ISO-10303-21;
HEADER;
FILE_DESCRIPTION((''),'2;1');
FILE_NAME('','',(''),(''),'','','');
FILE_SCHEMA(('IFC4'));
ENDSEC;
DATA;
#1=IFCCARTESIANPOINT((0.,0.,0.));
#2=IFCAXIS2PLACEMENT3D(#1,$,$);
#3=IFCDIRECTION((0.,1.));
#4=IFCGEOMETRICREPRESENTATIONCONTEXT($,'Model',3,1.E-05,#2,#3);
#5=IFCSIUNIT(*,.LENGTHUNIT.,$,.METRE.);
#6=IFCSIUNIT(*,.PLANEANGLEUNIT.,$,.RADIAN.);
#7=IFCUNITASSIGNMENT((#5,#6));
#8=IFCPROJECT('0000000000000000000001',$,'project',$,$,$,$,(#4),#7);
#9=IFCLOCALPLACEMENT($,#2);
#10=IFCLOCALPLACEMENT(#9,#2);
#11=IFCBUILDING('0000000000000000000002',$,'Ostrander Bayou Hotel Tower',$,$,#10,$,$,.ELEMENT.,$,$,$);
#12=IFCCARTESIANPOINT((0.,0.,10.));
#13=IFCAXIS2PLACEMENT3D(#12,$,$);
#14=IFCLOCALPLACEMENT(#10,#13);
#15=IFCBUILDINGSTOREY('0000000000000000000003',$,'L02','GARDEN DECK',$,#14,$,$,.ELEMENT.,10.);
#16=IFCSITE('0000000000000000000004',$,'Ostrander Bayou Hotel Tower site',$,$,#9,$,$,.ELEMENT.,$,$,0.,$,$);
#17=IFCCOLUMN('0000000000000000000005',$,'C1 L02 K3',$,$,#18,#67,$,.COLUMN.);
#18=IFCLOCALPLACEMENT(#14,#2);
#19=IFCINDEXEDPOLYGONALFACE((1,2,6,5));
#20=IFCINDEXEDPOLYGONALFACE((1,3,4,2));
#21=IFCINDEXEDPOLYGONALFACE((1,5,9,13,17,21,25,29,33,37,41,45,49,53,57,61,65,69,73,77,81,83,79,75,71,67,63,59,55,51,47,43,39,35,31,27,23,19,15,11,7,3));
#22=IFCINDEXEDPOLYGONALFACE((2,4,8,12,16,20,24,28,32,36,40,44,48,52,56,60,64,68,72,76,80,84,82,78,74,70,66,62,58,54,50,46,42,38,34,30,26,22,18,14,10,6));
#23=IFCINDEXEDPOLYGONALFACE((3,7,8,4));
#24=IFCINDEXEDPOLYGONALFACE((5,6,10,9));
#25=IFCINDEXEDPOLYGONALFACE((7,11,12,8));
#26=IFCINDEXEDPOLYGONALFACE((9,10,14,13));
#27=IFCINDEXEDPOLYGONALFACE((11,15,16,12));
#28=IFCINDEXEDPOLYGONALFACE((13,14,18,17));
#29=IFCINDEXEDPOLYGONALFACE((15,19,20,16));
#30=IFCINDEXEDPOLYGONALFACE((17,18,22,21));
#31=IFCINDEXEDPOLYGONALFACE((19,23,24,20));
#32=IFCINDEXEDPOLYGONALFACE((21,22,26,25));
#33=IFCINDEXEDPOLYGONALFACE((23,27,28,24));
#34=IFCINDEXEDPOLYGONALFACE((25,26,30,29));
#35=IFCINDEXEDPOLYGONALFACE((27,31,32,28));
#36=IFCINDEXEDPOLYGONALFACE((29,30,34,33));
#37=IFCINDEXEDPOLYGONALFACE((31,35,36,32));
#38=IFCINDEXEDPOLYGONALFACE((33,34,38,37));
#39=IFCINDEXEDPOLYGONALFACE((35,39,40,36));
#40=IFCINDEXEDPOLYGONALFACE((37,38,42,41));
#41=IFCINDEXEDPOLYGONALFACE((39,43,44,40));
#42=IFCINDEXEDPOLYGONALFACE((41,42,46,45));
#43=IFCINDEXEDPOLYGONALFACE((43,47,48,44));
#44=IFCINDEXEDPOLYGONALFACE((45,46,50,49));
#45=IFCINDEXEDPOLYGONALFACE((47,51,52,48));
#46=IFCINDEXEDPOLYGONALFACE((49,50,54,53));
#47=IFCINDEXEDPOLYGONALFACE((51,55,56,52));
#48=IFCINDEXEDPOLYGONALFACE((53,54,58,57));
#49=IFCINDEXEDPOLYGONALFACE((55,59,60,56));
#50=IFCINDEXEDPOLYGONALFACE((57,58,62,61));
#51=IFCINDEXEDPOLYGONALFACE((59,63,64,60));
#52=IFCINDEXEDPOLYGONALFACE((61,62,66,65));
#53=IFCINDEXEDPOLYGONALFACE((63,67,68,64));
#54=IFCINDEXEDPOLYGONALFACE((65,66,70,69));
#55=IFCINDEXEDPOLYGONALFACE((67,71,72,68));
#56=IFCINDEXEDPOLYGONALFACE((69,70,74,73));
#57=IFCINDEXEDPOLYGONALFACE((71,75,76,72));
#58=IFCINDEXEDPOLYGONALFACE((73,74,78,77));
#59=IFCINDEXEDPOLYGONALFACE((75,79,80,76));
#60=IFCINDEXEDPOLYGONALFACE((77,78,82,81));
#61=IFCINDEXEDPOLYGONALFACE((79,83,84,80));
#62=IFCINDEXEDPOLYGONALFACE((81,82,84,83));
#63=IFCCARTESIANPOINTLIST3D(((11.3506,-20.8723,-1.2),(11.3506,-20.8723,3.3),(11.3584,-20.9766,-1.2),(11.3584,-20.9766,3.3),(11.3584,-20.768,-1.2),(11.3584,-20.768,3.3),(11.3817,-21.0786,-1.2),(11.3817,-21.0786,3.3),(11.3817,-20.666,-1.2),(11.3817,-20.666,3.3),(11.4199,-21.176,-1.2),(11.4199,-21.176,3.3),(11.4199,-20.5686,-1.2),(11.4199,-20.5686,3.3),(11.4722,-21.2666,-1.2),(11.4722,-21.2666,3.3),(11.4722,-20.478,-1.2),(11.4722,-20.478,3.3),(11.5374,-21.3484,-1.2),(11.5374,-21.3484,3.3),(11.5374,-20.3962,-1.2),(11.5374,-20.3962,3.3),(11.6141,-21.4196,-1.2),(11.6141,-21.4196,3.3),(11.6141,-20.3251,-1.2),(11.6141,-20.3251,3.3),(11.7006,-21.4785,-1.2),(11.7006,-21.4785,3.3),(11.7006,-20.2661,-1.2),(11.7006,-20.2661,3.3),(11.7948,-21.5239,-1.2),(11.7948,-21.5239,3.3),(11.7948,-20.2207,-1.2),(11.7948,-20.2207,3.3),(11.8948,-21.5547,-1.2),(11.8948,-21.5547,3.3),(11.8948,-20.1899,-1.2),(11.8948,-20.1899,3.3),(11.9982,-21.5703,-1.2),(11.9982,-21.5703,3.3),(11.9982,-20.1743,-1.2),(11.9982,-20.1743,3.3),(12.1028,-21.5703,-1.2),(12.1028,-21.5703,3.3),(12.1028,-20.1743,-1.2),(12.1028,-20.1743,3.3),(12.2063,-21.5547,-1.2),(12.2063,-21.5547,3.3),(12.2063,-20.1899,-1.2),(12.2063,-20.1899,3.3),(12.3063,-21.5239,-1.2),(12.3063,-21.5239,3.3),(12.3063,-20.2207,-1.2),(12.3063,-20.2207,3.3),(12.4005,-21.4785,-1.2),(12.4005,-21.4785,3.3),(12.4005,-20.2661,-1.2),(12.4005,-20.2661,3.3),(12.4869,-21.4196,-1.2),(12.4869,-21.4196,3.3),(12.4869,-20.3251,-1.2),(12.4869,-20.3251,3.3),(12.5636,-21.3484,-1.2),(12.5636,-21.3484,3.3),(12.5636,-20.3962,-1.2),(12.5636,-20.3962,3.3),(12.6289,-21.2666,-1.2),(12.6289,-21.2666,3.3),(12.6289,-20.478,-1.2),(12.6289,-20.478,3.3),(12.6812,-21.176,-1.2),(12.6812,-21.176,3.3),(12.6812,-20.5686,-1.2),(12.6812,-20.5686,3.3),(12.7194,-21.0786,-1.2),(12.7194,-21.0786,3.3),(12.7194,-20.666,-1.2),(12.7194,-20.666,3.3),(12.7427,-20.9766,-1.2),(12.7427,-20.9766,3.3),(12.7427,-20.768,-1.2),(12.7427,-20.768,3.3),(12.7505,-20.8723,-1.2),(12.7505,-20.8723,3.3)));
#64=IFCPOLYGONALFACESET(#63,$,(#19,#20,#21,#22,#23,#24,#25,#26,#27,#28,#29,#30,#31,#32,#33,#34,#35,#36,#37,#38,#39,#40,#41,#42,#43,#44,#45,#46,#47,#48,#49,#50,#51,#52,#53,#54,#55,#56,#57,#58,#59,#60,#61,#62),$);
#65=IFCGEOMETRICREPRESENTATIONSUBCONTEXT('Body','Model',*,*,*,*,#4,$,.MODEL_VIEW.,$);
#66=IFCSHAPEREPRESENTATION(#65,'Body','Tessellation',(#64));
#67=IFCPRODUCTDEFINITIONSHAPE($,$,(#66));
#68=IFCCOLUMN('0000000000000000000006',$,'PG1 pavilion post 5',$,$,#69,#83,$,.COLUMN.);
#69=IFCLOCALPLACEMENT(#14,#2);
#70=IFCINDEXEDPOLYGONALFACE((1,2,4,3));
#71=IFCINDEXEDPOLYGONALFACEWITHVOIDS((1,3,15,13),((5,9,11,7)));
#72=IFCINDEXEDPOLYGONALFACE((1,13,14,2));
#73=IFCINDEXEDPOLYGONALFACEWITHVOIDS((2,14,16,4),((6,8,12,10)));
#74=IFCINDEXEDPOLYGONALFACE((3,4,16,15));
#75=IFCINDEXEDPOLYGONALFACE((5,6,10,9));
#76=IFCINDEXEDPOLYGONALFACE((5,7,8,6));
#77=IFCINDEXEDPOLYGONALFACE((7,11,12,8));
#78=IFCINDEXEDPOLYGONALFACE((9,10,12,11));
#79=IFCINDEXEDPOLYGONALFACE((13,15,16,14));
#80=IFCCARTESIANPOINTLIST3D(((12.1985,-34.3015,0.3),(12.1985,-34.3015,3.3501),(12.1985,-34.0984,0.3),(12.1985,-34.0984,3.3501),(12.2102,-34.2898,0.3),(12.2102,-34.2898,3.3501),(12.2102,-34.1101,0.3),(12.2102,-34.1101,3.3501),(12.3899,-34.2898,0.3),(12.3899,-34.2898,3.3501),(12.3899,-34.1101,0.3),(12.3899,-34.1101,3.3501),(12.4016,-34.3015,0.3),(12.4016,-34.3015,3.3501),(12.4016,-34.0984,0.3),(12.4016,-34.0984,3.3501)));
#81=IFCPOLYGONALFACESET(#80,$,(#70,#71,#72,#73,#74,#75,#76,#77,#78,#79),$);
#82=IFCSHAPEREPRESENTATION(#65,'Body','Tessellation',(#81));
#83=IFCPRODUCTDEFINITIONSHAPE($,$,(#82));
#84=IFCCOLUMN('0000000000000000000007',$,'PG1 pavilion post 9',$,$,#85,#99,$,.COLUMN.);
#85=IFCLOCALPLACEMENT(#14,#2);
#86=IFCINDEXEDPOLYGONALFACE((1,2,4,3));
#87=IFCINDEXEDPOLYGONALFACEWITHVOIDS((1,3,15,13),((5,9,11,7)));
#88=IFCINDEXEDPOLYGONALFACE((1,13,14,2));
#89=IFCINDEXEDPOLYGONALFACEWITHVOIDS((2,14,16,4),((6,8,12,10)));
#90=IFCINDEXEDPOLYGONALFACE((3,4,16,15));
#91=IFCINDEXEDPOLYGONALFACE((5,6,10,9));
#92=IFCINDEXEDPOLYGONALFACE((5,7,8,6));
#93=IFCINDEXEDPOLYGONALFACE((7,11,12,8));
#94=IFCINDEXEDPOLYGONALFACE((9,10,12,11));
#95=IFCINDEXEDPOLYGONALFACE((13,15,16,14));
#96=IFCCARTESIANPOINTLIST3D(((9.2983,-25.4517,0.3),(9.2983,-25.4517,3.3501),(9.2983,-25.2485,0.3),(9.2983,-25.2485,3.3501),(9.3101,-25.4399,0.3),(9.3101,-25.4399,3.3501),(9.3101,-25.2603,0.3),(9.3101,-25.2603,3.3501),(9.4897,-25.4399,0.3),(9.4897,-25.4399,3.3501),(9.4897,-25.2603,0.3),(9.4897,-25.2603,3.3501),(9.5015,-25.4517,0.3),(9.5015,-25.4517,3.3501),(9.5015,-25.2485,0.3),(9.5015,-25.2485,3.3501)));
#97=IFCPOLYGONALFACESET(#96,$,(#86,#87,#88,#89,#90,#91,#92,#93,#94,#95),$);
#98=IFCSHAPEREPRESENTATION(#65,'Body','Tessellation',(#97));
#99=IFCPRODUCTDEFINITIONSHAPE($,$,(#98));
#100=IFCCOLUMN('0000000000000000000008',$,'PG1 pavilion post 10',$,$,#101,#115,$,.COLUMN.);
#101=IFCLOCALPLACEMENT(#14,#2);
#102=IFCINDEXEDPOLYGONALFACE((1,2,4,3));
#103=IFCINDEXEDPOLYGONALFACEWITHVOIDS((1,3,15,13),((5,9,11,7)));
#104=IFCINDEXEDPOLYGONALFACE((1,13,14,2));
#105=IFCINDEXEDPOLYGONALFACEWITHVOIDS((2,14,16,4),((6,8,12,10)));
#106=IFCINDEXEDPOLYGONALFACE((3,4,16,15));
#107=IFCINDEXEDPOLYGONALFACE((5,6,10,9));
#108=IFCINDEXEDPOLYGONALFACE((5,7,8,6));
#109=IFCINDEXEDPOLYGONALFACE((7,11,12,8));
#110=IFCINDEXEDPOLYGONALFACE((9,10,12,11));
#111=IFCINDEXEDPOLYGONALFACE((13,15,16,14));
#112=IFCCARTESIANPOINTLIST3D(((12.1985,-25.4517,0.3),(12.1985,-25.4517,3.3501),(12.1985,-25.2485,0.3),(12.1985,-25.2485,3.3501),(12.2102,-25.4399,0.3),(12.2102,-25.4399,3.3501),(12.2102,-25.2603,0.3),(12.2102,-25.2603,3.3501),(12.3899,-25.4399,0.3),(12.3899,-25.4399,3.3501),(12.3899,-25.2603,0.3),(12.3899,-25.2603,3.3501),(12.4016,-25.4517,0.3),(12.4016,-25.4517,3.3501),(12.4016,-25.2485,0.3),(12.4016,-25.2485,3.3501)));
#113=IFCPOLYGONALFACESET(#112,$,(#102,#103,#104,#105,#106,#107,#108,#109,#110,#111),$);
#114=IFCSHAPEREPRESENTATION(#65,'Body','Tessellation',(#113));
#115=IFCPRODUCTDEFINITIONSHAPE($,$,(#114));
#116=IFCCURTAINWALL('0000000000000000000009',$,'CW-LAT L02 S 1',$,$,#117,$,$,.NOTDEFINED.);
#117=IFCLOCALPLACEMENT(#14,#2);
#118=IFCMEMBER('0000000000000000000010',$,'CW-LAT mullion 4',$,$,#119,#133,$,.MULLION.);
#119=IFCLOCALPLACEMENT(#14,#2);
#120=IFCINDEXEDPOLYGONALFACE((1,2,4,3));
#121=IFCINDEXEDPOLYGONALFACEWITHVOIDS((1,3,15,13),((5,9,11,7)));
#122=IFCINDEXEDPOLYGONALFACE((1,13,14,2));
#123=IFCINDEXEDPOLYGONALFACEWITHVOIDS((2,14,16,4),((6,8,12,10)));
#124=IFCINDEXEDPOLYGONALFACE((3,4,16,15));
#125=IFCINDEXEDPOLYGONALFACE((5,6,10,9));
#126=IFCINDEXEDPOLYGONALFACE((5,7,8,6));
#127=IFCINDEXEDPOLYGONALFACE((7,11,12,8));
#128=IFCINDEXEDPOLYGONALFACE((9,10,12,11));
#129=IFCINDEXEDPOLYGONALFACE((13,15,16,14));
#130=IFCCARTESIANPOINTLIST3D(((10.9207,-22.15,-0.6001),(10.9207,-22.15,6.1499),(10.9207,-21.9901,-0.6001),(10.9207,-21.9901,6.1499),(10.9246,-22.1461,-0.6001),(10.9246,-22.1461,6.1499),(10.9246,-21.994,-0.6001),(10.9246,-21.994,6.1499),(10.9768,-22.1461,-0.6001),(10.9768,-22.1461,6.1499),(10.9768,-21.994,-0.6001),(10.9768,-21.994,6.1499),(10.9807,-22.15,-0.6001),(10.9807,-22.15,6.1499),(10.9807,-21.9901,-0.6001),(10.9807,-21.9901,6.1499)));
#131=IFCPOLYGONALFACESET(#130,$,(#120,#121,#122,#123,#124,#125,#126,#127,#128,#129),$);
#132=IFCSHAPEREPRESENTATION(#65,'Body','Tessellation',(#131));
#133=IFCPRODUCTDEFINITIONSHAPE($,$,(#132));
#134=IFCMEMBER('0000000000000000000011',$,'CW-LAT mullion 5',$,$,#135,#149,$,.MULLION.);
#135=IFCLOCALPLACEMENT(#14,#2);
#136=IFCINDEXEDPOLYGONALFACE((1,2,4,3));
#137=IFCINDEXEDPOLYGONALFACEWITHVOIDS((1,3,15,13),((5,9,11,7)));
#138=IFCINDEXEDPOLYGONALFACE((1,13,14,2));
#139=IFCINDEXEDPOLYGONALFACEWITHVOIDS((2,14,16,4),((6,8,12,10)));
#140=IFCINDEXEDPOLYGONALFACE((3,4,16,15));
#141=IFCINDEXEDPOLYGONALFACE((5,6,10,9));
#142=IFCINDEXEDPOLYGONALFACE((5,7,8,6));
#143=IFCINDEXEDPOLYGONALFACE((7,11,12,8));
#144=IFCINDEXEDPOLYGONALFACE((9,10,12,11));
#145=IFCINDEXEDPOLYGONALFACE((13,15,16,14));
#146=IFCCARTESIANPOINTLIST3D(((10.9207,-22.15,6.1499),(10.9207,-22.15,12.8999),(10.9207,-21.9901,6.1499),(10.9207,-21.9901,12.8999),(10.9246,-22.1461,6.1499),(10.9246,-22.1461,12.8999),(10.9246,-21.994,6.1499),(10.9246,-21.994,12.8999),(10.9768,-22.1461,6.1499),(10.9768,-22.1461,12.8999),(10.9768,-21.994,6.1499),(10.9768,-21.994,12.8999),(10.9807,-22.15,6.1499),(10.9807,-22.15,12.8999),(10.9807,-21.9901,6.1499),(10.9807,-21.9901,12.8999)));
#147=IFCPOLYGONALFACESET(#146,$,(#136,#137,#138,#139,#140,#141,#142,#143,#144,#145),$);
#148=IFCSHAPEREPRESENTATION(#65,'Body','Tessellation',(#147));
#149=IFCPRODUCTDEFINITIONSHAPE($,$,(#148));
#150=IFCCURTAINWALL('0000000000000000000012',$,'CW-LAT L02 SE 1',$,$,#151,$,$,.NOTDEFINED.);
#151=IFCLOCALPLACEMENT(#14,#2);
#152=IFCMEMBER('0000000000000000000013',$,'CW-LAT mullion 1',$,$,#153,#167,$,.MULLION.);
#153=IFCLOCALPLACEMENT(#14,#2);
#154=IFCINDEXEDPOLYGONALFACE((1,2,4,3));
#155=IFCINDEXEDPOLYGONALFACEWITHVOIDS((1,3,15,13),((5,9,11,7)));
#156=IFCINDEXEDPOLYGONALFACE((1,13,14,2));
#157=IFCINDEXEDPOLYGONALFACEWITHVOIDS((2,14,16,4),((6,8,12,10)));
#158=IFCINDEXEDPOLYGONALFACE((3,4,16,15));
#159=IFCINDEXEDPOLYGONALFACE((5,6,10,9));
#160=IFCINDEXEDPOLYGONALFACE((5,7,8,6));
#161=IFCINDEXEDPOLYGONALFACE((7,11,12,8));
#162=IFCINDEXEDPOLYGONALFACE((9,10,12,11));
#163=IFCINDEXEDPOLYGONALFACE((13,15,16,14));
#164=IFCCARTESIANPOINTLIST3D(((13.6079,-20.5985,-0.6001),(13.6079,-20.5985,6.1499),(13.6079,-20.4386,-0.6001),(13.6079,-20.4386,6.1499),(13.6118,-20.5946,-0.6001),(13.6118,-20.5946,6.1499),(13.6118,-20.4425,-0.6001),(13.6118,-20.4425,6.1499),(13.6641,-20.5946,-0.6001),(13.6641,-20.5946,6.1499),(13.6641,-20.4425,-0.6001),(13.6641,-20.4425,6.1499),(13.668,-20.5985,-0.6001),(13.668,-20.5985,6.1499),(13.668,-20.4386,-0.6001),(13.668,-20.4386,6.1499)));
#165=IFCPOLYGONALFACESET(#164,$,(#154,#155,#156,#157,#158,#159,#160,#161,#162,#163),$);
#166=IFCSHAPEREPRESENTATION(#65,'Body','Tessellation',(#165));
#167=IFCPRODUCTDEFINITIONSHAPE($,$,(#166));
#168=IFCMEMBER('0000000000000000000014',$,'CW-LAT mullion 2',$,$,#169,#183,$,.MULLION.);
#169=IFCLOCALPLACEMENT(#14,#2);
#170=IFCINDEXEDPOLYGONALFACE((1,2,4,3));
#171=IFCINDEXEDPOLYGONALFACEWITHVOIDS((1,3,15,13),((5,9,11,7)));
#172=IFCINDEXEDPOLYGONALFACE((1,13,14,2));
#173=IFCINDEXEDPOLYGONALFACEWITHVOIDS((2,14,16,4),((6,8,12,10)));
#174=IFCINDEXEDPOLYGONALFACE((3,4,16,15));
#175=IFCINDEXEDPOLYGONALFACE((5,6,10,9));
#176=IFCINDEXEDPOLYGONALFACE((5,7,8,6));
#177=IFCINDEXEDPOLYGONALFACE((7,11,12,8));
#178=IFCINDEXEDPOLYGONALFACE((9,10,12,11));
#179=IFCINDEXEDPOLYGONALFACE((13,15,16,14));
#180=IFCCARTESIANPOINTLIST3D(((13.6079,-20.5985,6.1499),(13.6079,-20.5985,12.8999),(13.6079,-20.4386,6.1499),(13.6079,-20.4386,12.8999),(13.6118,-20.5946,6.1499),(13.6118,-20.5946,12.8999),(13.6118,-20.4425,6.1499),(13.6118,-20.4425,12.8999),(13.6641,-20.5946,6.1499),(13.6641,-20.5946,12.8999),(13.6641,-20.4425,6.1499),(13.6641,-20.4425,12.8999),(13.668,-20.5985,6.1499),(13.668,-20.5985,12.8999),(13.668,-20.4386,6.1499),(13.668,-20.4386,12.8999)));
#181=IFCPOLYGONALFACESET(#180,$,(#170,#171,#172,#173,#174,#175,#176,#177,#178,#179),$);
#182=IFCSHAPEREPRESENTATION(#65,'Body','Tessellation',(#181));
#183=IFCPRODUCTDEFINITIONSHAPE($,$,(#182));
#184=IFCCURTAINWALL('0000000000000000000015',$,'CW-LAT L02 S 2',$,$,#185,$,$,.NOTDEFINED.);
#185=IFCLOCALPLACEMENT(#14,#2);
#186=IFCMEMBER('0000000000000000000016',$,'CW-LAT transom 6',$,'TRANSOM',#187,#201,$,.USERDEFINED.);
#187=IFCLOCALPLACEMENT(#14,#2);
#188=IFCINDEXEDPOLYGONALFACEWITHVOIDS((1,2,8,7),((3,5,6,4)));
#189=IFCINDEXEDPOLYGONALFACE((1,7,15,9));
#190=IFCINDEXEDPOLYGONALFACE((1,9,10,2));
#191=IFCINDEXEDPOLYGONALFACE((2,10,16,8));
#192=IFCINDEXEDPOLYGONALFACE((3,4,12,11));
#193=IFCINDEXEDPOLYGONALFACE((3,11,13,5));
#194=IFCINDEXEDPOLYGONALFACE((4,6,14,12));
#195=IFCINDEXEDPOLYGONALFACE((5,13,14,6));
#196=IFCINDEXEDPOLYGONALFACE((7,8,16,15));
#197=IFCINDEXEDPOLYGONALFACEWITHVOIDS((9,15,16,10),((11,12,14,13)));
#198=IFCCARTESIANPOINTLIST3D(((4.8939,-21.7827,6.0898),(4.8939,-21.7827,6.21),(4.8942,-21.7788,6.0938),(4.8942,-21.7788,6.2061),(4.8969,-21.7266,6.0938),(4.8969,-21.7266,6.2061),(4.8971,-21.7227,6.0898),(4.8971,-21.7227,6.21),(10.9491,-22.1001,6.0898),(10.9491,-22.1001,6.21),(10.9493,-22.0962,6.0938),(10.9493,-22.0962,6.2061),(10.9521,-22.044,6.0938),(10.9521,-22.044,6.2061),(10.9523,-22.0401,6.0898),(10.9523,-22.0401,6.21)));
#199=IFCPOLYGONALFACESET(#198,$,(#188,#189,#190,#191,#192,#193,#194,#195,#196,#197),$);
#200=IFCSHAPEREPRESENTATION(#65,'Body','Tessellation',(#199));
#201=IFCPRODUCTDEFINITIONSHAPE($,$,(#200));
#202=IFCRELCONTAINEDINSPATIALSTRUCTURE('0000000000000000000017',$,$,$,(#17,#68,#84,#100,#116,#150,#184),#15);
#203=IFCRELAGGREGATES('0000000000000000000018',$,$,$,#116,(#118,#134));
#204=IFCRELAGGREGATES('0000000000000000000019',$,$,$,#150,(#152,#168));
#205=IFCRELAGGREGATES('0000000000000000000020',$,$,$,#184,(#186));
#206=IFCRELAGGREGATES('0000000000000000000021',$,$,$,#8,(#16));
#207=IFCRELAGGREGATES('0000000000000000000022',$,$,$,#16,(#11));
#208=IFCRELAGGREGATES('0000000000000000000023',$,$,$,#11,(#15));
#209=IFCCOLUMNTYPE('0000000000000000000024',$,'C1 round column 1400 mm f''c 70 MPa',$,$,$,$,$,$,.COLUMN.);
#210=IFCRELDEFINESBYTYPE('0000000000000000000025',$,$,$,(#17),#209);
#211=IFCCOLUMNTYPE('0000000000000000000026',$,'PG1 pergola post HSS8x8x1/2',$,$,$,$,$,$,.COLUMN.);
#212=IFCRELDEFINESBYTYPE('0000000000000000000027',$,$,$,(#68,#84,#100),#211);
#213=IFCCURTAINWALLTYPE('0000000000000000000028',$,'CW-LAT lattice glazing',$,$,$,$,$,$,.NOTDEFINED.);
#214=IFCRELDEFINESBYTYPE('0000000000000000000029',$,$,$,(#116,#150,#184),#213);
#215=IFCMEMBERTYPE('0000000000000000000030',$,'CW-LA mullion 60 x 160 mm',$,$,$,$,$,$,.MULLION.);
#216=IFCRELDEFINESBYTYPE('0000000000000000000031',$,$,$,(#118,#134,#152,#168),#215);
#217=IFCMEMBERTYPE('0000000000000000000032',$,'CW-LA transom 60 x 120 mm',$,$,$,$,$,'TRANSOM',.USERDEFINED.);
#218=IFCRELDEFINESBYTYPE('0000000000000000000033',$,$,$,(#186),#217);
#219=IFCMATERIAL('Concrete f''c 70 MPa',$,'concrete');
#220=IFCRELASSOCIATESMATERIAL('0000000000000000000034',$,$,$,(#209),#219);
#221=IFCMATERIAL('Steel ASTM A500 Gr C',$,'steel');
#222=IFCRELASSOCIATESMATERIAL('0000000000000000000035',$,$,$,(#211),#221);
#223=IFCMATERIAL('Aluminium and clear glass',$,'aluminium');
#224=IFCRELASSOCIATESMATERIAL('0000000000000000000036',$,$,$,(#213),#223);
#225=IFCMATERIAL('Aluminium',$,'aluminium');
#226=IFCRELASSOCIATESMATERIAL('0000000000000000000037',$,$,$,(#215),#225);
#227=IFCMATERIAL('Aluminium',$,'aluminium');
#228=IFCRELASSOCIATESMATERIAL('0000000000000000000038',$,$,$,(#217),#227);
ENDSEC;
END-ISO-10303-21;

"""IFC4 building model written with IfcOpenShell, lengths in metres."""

from ifc_helpers import new_model, si_unit, direction, frame, origin, origin_2d, place, context, subcontext, project, spatial, hollow_rectangle, circle, extrude, material, material_profile, profile_set, type_object, element, aggregate, save


model = new_model("IFC4")

# Units and contexts
model_context = context("Model", 3, precision=1e-05, world=origin(), true_north=direction((0.0, 1.0)))
body_context = subcontext(model_context, "Body", "Model", "MODEL_VIEW")
ifc_project = project(units=[si_unit("LENGTHUNIT", "METRE"), si_unit("PLANEANGLEUNIT", "RADIAN")], contexts=[model_context])

# Site, building, storey
site_placement = place(None, origin())
site = spatial("IfcSite", under=ifc_project, at=site_placement, Name="Ostrander Bayou Hotel Tower site", CompositionType="ELEMENT", RefElevation=0.0)
building_placement = place(site_placement, origin())
building = spatial("IfcBuilding", under=site, at=building_placement, Name="Ostrander Bayou Hotel Tower", CompositionType="ELEMENT")
storey_placement = place(building_placement, frame((0.0, 0.0, 10.0)))
storey = spatial("IfcBuildingStorey", under=building, at=storey_placement, Name="L02", Description="GARDEN DECK", CompositionType="ELEMENT", Elevation=10.0)

# Columns
ifc_material_1 = material(Name="Concrete f'c 70 MPa", Category="concrete")
ifc_material_profile_1 = material_profile(ifc_material_1, circle(Radius=0.7, at=origin_2d()))
ifc_profile_set_1 = profile_set([ifc_material_profile_1], Name="Concrete f'c 70 MPa")
column_type_1 = type_object("IfcColumnType", Name="C1 round column 1400 mm f'c 70 MPa", PredefinedType="COLUMN", material=ifc_profile_set_1)
column_placement = place(storey_placement, frame((12.0505, -20.8723, -1.2), z_axis=(0.0, 0.0, 1.0), x_axis=(1.0, 0.0, 0.0)))
element("IfcColumn", 1, at=column_placement, inside=storey, type_object=column_type_1, Name="C1 L02 K3", PredefinedType="COLUMN", context=body_context, shape_type="SweptSolid", body=[
    extrude(circle(Radius=0.7, at=origin_2d()), origin(), (0.0, 0.0, 1.0), 4.5),
])
ifc_material_2 = material(Name="Steel ASTM A500 Gr C", Category="steel")
ifc_material_profile_2 = material_profile(ifc_material_2, hollow_rectangle(XDim=0.2031, YDim=0.2031, WallThickness=0.0117, at=origin_2d()))
ifc_profile_set_2 = profile_set([ifc_material_profile_2], Name="Steel ASTM A500 Gr C")
column_type_2 = type_object("IfcColumnType", Name="PG1 pergola post HSS8x8x1/2", PredefinedType="COLUMN", material=ifc_profile_set_2)
for number, where, z_axis, x_axis, name in (
    (2, (12.3, -34.2, 0.3), (0.0, 0.0, 1.0), (1.0, 0.0, 0.0), "PG1 pavilion post 5"),
    (3, (9.3999, -25.3501, 0.3), (0.0, 0.0, 1.0), (1.0, 0.0, 0.0), "PG1 pavilion post 9"),
    (4, (12.3, -25.3501, 0.3), (0.0, 0.0, 1.0), (1.0, 0.0, 0.0), "PG1 pavilion post 10"),
):
    element("IfcColumn", number, at=place(storey_placement, frame(where, z_axis=z_axis, x_axis=x_axis)), inside=storey, type_object=column_type_2, Name=name, PredefinedType="COLUMN", context=body_context, shape_type="SweptSolid", body=[
        extrude(hollow_rectangle(XDim=0.2031, YDim=0.2031, WallThickness=0.0117, at=origin_2d()), origin(), (0.0, 0.0, 1.0), 3.05),
    ])

# Curtain walls, members
ifc_material_3 = material(Name="Aluminium and clear glass", Category="aluminium")
curtain_wall_type = type_object("IfcCurtainWallType", Name="CW-LAT lattice glazing", PredefinedType="NOTDEFINED", material=ifc_material_3)
curtain_wall_1_placement = place(storey_placement, origin())
curtain_wall_1 = element("IfcCurtainWall", 5, at=curtain_wall_1_placement, inside=storey, type_object=curtain_wall_type, Name="CW-LAT L02 S 1", PredefinedType="NOTDEFINED")
ifc_material_4 = material(Name="Aluminium", Category="aluminium")
ifc_material_profile_3 = material_profile(ifc_material_4, hollow_rectangle(XDim=0.0601, YDim=0.1599, WallThickness=0.0039, at=origin_2d()))
ifc_profile_set_3 = profile_set([ifc_material_profile_3], Name="Aluminium")
member_type_1 = type_object("IfcMemberType", Name="CW-LA mullion 60 x 160 mm", PredefinedType="MULLION", material=ifc_profile_set_3)
member_1_placement = place(storey_placement, frame((10.9507, -22.0701, -0.6001), z_axis=(0.0, 0.0, 1.0), x_axis=(1.0, 0.0, 0.0)))
member_1 = element("IfcMember", 6, at=member_1_placement, type_object=member_type_1, Name="CW-LAT mullion 4", PredefinedType="MULLION", context=body_context, shape_type="SweptSolid", body=[
    extrude(hollow_rectangle(XDim=0.0601, YDim=0.1599, WallThickness=0.0039, at=origin_2d()), origin(), (0.0, 0.0, 1.0), 6.75),
])
member_2_placement = place(storey_placement, frame((10.9507, -22.0701, 6.1499), z_axis=(0.0, 0.0, 1.0), x_axis=(1.0, 0.0, 0.0)))
member_2 = element("IfcMember", 7, at=member_2_placement, type_object=member_type_1, Name="CW-LAT mullion 5", PredefinedType="MULLION", context=body_context, shape_type="SweptSolid", body=[
    extrude(hollow_rectangle(XDim=0.0601, YDim=0.1599, WallThickness=0.0039, at=origin_2d()), origin(), (0.0, 0.0, 1.0), 6.75),
])
aggregate(curtain_wall_1, [member_1, member_2])
curtain_wall_2_placement = place(storey_placement, origin())
curtain_wall_2 = element("IfcCurtainWall", 8, at=curtain_wall_2_placement, inside=storey, type_object=curtain_wall_type, Name="CW-LAT L02 SE 1", PredefinedType="NOTDEFINED")
member_3_placement = place(storey_placement, frame((13.6379, -20.5186, -0.6001), z_axis=(0.0, 0.0, 1.0), x_axis=(1.0, 0.0, 0.0)))
member_3 = element("IfcMember", 9, at=member_3_placement, type_object=member_type_1, Name="CW-LAT mullion 1", PredefinedType="MULLION", context=body_context, shape_type="SweptSolid", body=[
    extrude(hollow_rectangle(XDim=0.0601, YDim=0.1599, WallThickness=0.0039, at=origin_2d()), origin(), (0.0, 0.0, 1.0), 6.75),
])
member_4_placement = place(storey_placement, frame((13.6379, -20.5186, 6.1499), z_axis=(0.0, 0.0, 1.0), x_axis=(1.0, 0.0, 0.0)))
member_4 = element("IfcMember", 10, at=member_4_placement, type_object=member_type_1, Name="CW-LAT mullion 2", PredefinedType="MULLION", context=body_context, shape_type="SweptSolid", body=[
    extrude(hollow_rectangle(XDim=0.0601, YDim=0.1599, WallThickness=0.0039, at=origin_2d()), origin(), (0.0, 0.0, 1.0), 6.75),
])
aggregate(curtain_wall_2, [member_3, member_4])

# Curtain wall, member
curtain_wall_3_placement = place(storey_placement, origin())
curtain_wall_3 = element("IfcCurtainWall", 11, at=curtain_wall_3_placement, inside=storey, type_object=curtain_wall_type, Name="CW-LAT L02 S 2", PredefinedType="NOTDEFINED")
ifc_material_5 = material(Name="Aluminium", Category="aluminium")
ifc_material_profile_4 = material_profile(ifc_material_5, hollow_rectangle(XDim=0.0601, YDim=0.1201, WallThickness=0.0039, at=origin_2d()))
ifc_profile_set_4 = profile_set([ifc_material_profile_4], Name="Aluminium")
member_type_2 = type_object("IfcMemberType", Name="CW-LA transom 60 x 120 mm", ElementType="TRANSOM", PredefinedType="USERDEFINED", material=ifc_profile_set_4)
member_5_placement = place(storey_placement, frame((10.9507, -22.0701, 6.1499), z_axis=(-0.998629, 0.052343, 0.0), x_axis=(-0.052343, -0.998629, 0.0)))
member_5 = element("IfcMember", 12, at=member_5_placement, type_object=member_type_2, Name="CW-LAT transom 6", ObjectType="TRANSOM", PredefinedType="USERDEFINED", context=body_context, shape_type="SweptSolid", body=[
    extrude(hollow_rectangle(XDim=0.0601, YDim=0.1201, WallThickness=0.0039, at=origin_2d()), origin(), (0.0, 0.0, 1.0), 6.0635),
])
aggregate(curtain_wall_3, [member_5])

save(model, "model.ifc")
